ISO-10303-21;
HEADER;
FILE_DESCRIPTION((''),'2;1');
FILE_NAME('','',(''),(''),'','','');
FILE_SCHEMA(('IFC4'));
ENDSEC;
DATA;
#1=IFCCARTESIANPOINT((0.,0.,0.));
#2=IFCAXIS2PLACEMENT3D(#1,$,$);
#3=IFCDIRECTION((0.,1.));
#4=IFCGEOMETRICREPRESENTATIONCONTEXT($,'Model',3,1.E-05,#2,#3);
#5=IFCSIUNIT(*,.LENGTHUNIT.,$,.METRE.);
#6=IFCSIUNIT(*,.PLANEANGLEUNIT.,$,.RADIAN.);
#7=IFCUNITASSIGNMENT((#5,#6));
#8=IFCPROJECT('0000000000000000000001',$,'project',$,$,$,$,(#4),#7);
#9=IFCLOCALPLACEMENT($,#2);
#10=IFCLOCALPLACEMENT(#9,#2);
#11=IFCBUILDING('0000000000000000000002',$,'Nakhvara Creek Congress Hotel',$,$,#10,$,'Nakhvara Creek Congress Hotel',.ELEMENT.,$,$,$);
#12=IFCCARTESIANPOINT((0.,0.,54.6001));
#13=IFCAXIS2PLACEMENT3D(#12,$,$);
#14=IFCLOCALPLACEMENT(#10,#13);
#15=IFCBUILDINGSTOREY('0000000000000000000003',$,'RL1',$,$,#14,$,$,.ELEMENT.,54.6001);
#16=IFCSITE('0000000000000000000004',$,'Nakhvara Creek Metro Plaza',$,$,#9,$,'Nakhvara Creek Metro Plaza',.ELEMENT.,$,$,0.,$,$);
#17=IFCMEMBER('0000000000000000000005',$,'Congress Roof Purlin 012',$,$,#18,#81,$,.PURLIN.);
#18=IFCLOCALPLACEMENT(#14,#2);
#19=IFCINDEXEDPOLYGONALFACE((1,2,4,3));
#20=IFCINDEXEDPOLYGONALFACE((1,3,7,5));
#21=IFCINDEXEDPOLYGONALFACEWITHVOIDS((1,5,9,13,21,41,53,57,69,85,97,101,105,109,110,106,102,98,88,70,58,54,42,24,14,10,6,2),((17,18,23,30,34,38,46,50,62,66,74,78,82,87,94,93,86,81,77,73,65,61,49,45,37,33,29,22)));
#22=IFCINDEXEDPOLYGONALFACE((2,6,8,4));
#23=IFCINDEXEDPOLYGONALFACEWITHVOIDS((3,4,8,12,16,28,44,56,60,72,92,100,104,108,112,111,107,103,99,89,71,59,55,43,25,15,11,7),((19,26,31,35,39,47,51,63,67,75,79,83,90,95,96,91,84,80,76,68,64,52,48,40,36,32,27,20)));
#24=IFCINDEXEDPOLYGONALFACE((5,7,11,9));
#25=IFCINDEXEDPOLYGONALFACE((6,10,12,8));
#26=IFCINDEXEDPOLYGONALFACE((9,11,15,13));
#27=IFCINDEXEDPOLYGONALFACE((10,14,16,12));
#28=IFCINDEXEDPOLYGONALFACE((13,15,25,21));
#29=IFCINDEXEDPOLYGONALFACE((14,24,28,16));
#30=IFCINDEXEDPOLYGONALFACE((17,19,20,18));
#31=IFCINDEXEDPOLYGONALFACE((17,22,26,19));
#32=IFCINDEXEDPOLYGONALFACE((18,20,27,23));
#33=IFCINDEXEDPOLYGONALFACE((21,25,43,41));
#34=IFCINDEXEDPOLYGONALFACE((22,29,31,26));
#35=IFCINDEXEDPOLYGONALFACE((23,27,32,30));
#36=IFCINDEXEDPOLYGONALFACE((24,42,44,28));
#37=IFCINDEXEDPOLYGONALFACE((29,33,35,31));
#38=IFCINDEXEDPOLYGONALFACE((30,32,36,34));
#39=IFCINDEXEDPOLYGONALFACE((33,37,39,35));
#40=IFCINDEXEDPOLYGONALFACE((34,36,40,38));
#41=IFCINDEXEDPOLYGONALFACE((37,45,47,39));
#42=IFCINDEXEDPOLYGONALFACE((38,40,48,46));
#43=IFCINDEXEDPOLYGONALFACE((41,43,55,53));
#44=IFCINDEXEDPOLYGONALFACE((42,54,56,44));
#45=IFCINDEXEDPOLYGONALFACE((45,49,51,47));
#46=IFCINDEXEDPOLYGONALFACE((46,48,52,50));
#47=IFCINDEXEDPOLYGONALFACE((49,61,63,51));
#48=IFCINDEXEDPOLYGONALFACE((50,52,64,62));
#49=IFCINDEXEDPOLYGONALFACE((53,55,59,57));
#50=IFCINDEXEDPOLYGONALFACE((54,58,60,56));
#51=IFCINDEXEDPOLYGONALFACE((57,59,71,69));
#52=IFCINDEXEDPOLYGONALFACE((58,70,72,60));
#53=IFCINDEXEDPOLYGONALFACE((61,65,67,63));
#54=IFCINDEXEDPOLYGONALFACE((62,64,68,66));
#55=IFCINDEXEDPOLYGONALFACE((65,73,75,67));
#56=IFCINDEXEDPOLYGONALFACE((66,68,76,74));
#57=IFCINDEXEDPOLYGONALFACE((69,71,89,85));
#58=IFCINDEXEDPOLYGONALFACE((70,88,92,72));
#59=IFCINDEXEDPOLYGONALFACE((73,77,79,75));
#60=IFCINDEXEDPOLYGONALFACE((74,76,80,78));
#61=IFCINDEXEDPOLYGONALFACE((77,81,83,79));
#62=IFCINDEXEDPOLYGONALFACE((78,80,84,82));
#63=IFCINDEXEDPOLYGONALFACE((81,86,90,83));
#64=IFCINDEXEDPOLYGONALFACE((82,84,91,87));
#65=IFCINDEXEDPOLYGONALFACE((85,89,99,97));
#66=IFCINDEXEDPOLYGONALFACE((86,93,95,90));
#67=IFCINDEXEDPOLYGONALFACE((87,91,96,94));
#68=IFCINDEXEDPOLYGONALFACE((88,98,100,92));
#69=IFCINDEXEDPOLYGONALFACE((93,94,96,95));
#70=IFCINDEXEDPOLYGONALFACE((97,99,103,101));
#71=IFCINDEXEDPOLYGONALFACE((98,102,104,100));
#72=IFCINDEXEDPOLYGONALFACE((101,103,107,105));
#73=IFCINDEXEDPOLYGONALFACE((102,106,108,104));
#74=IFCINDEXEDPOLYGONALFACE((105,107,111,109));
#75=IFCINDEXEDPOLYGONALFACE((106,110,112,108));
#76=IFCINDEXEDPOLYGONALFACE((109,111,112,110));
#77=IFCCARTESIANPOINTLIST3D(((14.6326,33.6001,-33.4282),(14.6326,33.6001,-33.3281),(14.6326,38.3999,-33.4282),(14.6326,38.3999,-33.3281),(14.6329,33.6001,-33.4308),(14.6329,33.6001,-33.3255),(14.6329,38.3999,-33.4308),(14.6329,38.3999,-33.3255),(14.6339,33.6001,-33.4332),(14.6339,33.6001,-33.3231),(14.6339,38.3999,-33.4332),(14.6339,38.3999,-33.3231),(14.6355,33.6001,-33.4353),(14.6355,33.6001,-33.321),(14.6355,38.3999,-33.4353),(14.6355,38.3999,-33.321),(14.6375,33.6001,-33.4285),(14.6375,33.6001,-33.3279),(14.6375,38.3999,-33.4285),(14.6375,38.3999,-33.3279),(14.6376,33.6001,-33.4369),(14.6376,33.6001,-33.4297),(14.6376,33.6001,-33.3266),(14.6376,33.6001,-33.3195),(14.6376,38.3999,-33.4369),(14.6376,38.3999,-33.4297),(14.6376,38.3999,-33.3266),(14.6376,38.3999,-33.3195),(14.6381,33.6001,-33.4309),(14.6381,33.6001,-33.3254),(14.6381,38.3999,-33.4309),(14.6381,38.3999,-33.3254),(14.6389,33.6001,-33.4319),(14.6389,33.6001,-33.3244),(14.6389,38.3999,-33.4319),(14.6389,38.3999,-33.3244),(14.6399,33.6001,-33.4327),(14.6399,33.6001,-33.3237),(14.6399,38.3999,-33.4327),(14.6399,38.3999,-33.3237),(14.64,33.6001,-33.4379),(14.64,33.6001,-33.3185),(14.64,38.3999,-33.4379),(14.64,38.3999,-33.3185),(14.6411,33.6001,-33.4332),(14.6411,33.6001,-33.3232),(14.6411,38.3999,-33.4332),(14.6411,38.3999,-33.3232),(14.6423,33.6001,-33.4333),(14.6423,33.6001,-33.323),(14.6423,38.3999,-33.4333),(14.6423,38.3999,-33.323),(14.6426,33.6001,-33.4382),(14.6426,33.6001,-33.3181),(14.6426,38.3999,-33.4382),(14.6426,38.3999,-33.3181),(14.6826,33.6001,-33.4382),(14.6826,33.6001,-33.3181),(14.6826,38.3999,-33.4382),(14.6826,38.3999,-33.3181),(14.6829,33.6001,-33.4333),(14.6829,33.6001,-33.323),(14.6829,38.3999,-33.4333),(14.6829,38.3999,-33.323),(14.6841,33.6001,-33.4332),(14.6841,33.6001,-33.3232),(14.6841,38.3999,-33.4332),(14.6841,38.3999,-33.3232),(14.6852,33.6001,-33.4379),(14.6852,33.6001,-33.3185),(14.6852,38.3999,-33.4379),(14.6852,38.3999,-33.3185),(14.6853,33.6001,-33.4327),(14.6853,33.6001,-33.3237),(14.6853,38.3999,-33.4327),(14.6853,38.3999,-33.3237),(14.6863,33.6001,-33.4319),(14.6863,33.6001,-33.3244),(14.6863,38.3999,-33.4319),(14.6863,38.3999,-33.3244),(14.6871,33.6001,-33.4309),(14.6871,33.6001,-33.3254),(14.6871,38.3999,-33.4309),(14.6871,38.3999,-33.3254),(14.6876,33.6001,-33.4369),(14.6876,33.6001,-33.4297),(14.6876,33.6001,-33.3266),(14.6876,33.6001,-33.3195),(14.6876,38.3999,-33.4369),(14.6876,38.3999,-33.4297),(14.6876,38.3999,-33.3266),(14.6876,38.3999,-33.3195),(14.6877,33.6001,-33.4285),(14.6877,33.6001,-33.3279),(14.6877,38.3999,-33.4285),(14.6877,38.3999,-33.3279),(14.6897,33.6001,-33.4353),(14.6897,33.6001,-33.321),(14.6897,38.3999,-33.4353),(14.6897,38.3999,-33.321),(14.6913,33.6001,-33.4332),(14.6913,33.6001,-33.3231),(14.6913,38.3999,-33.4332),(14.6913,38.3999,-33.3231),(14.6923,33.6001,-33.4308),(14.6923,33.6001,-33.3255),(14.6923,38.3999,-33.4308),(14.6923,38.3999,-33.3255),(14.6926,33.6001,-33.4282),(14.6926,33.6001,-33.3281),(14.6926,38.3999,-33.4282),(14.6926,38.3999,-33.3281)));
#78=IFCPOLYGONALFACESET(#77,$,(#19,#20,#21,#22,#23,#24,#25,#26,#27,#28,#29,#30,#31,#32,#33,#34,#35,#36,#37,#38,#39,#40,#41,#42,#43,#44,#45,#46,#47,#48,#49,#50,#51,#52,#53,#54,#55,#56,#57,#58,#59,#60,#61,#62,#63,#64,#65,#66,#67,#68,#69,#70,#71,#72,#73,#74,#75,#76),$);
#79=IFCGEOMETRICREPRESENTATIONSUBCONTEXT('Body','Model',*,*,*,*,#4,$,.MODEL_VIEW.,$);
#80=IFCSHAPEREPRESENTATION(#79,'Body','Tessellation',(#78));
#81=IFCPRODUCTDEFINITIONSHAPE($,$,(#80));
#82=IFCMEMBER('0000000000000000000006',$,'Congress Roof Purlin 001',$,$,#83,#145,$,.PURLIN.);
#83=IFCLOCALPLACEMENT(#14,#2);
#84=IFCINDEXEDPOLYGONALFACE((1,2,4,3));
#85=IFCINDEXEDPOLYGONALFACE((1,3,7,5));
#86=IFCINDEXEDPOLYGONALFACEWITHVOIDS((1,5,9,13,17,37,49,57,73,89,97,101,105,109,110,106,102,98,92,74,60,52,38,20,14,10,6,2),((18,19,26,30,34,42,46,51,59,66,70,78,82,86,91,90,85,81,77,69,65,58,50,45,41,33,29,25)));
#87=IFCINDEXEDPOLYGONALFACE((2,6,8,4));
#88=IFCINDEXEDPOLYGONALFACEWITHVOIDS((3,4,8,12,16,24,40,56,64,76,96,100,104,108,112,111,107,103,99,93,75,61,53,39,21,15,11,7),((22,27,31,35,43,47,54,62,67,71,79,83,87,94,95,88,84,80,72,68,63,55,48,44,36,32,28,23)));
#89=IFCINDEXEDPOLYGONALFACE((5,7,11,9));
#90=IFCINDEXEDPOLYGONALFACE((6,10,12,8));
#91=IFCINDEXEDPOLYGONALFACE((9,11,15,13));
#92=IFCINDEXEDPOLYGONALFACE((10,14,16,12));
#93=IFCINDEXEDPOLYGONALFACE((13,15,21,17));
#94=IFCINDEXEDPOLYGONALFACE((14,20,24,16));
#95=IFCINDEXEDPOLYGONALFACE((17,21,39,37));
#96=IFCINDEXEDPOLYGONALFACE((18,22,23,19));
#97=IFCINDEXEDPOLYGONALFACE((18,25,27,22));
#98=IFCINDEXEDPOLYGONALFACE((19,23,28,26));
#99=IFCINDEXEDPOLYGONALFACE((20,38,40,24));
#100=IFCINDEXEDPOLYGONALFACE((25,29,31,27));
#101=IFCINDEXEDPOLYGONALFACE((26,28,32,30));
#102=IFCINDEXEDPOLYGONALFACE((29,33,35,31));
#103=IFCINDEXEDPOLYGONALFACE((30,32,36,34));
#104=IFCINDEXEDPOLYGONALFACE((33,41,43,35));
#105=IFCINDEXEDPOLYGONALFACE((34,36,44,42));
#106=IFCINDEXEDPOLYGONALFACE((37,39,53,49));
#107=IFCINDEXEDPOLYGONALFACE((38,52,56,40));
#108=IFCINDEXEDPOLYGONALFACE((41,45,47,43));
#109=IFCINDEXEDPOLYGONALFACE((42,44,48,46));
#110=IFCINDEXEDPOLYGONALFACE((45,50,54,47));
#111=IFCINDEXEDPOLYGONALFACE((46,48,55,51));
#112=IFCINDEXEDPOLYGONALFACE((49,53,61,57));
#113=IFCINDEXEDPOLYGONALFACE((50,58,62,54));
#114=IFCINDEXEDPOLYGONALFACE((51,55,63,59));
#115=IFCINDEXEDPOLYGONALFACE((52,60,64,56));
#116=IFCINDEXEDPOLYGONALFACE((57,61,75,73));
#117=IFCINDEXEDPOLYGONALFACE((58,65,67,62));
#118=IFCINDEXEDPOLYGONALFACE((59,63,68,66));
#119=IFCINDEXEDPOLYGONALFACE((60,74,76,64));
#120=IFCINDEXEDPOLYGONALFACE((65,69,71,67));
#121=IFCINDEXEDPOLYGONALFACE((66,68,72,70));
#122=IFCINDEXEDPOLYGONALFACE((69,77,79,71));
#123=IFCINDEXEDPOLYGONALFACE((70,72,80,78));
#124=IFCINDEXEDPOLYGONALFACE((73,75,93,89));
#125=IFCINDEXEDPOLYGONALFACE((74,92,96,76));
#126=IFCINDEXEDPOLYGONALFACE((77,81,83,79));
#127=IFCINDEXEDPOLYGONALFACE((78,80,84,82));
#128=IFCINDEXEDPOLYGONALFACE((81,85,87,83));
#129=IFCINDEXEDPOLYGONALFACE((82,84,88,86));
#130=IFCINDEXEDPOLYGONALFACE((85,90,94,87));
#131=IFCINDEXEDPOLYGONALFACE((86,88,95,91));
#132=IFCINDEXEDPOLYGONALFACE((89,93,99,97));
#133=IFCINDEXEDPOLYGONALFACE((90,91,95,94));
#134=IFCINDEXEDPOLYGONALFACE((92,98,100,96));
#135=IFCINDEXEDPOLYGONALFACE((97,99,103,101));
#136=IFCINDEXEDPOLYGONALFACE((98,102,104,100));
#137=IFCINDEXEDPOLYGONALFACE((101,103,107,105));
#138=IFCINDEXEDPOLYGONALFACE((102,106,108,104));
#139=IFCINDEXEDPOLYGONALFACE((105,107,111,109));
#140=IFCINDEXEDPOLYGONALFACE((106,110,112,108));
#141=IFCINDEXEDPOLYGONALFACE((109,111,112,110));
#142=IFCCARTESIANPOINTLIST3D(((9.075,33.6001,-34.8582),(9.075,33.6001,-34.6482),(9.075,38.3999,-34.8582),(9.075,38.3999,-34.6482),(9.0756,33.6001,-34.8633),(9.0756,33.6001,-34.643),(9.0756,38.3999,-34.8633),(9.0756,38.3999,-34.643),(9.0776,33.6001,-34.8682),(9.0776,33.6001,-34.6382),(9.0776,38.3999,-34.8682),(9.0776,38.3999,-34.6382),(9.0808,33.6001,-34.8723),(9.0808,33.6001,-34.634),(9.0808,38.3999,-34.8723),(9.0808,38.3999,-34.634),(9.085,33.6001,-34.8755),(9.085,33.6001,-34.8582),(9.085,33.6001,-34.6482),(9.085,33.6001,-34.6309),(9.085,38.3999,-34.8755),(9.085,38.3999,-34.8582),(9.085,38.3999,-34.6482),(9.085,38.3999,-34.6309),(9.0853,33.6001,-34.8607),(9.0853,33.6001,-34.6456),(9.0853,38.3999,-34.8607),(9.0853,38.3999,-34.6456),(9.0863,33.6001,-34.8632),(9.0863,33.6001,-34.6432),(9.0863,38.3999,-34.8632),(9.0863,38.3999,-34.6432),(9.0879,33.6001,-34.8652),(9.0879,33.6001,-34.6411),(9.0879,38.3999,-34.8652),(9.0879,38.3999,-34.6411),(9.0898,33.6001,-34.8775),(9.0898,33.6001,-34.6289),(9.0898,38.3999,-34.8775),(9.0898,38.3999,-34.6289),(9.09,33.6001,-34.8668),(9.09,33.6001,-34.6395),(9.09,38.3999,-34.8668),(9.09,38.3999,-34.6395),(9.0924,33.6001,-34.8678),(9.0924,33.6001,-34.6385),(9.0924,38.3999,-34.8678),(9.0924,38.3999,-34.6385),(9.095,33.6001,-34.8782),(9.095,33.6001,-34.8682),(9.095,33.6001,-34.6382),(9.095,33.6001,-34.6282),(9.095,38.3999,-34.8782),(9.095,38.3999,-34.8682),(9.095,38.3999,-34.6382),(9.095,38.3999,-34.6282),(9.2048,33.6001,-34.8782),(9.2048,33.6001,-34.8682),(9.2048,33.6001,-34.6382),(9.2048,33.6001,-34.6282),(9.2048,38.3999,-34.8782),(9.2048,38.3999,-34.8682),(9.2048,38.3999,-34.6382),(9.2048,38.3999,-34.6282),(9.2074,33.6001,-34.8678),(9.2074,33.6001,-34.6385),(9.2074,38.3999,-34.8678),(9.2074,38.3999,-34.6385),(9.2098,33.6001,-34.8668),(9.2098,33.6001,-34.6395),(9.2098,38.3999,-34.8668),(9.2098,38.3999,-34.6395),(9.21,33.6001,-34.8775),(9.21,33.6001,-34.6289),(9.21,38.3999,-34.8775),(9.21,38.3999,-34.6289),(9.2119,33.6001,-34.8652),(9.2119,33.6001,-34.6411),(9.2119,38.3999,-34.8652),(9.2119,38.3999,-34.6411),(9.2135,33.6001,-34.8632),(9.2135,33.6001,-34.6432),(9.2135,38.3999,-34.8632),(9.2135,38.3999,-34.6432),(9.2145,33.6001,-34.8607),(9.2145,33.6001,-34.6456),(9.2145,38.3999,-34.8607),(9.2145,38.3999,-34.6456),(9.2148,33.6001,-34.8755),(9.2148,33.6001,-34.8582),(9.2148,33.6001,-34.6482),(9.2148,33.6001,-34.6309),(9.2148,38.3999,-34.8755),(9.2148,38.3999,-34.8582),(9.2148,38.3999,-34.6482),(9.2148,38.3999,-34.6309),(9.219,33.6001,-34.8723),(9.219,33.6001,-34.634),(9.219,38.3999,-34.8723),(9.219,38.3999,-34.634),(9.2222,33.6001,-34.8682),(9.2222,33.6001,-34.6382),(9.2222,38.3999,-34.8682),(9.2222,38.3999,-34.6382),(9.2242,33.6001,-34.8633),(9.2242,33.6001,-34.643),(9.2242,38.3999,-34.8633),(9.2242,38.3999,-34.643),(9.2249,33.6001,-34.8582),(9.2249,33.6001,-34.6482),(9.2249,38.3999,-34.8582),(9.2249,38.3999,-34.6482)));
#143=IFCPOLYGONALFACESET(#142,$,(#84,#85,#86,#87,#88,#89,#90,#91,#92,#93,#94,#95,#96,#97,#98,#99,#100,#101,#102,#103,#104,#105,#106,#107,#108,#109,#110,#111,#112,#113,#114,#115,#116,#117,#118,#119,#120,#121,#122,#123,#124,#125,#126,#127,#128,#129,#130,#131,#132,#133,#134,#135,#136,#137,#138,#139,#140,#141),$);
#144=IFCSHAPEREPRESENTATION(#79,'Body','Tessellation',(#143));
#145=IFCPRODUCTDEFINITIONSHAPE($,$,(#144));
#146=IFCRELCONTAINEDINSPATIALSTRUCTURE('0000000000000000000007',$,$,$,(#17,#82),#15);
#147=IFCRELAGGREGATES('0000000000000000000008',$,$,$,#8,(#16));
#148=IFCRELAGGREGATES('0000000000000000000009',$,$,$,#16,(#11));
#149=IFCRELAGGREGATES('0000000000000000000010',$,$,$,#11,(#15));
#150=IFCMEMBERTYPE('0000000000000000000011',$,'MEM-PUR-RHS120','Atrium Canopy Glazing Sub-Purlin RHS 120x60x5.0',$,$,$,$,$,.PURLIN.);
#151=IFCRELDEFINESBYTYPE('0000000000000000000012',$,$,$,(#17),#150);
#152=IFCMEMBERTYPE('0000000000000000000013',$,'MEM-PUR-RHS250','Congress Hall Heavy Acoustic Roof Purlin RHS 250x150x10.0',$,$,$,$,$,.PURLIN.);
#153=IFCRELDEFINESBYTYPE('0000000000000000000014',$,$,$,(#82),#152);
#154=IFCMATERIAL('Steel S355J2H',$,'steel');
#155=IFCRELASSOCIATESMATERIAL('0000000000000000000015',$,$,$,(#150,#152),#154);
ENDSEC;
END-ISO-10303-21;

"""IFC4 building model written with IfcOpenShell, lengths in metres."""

from ifc_helpers import new_model, si_unit, direction, frame, origin, origin_2d, place, context, subcontext, project, spatial, hollow_rectangle, extrude, material, material_profile, profile_set, type_object, element, save


model = new_model("IFC4")

# Units and contexts
model_context = context("Model", 3, precision=1e-05, world=origin(), true_north=direction((0.0, 1.0)))
body_context = subcontext(model_context, "Body", "Model", "MODEL_VIEW")
ifc_project = project(units=[si_unit("LENGTHUNIT", "METRE"), si_unit("PLANEANGLEUNIT", "RADIAN")], contexts=[model_context])

# Site, building, storey
site_placement = place(None, origin())
site = spatial("IfcSite", under=ifc_project, at=site_placement, Name="Nakhvara Creek Metro Plaza", LongName="Nakhvara Creek Metro Plaza", CompositionType="ELEMENT", RefElevation=0.0)
building_placement = place(site_placement, origin())
building = spatial("IfcBuilding", under=site, at=building_placement, Name="Nakhvara Creek Congress Hotel", LongName="Nakhvara Creek Congress Hotel", CompositionType="ELEMENT")
storey_placement = place(building_placement, frame((0.0, 0.0, 54.6001)))
storey = spatial("IfcBuildingStorey", under=building, at=storey_placement, Name="RL1", CompositionType="ELEMENT", Elevation=54.6001)

# Members
ifc_material_1 = material(Name="Steel S355J2H", Category="steel")
ifc_material_profile_1 = material_profile(ifc_material_1, hollow_rectangle(XDim=0.0601, YDim=0.1201, WallThickness=0.0049, InnerFilletRadius=0.0049, OuterFilletRadius=0.01, at=origin_2d()), Name="RHS 120x60x5.0", Category="LoadBearing")
ifc_profile_set_1 = profile_set([ifc_material_profile_1], Name="Steel S355J2H")
member_type_1 = type_object("IfcMemberType", Name="MEM-PUR-RHS120", Description="Atrium Canopy Glazing Sub-Purlin RHS 120x60x5.0", PredefinedType="PURLIN", material=ifc_profile_set_1)
member_1_placement = place(storey_placement, frame((14.6626, 33.6001, -33.3782), z_axis=(0.0, 1.0, 0.0), x_axis=(-1.0, 0.0, 0.0)))
element("IfcMember", 1, at=member_1_placement, inside=storey, type_object=member_type_1, Name="Congress Roof Purlin 012", PredefinedType="PURLIN", context=body_context, shape_type="SweptSolid", body=[
    extrude(hollow_rectangle(XDim=0.0601, YDim=0.1201, WallThickness=0.0049, InnerFilletRadius=0.0049, OuterFilletRadius=0.01, at=origin_2d()), origin(), (0.0, 0.0, 1.0), 4.7998),
])
ifc_material_profile_2 = material_profile(ifc_material_1, hollow_rectangle(XDim=0.1499, YDim=0.25, WallThickness=0.01, InnerFilletRadius=0.01, OuterFilletRadius=0.02, at=origin_2d()), Name="RHS 250x150x10.0", Category="LoadBearing")
ifc_profile_set_2 = profile_set([ifc_material_profile_2], Name="Steel S355J2H")
member_type_2 = type_object("IfcMemberType", Name="MEM-PUR-RHS250", Description="Congress Hall Heavy Acoustic Roof Purlin RHS 250x150x10.0", PredefinedType="PURLIN", material=ifc_profile_set_2)
for number, where, z_axis, x_axis, name in (
    (2, (9.1499, 33.6001, -34.7532), (0.0, 1.0, 0.0), (-1.0, 0.0, 0.0), "Congress Roof Purlin 001"),
):
    element("IfcMember", number, at=place(storey_placement, frame(where, z_axis=z_axis, x_axis=x_axis)), inside=storey, type_object=member_type_2, Name=name, PredefinedType="PURLIN", context=body_context, shape_type="SweptSolid", body=[
        extrude(hollow_rectangle(XDim=0.1499, YDim=0.25, WallThickness=0.01, InnerFilletRadius=0.01, OuterFilletRadius=0.02, at=origin_2d()), origin(), (0.0, 0.0, 1.0), 4.7998),
    ])

save(model, "model.ifc")
